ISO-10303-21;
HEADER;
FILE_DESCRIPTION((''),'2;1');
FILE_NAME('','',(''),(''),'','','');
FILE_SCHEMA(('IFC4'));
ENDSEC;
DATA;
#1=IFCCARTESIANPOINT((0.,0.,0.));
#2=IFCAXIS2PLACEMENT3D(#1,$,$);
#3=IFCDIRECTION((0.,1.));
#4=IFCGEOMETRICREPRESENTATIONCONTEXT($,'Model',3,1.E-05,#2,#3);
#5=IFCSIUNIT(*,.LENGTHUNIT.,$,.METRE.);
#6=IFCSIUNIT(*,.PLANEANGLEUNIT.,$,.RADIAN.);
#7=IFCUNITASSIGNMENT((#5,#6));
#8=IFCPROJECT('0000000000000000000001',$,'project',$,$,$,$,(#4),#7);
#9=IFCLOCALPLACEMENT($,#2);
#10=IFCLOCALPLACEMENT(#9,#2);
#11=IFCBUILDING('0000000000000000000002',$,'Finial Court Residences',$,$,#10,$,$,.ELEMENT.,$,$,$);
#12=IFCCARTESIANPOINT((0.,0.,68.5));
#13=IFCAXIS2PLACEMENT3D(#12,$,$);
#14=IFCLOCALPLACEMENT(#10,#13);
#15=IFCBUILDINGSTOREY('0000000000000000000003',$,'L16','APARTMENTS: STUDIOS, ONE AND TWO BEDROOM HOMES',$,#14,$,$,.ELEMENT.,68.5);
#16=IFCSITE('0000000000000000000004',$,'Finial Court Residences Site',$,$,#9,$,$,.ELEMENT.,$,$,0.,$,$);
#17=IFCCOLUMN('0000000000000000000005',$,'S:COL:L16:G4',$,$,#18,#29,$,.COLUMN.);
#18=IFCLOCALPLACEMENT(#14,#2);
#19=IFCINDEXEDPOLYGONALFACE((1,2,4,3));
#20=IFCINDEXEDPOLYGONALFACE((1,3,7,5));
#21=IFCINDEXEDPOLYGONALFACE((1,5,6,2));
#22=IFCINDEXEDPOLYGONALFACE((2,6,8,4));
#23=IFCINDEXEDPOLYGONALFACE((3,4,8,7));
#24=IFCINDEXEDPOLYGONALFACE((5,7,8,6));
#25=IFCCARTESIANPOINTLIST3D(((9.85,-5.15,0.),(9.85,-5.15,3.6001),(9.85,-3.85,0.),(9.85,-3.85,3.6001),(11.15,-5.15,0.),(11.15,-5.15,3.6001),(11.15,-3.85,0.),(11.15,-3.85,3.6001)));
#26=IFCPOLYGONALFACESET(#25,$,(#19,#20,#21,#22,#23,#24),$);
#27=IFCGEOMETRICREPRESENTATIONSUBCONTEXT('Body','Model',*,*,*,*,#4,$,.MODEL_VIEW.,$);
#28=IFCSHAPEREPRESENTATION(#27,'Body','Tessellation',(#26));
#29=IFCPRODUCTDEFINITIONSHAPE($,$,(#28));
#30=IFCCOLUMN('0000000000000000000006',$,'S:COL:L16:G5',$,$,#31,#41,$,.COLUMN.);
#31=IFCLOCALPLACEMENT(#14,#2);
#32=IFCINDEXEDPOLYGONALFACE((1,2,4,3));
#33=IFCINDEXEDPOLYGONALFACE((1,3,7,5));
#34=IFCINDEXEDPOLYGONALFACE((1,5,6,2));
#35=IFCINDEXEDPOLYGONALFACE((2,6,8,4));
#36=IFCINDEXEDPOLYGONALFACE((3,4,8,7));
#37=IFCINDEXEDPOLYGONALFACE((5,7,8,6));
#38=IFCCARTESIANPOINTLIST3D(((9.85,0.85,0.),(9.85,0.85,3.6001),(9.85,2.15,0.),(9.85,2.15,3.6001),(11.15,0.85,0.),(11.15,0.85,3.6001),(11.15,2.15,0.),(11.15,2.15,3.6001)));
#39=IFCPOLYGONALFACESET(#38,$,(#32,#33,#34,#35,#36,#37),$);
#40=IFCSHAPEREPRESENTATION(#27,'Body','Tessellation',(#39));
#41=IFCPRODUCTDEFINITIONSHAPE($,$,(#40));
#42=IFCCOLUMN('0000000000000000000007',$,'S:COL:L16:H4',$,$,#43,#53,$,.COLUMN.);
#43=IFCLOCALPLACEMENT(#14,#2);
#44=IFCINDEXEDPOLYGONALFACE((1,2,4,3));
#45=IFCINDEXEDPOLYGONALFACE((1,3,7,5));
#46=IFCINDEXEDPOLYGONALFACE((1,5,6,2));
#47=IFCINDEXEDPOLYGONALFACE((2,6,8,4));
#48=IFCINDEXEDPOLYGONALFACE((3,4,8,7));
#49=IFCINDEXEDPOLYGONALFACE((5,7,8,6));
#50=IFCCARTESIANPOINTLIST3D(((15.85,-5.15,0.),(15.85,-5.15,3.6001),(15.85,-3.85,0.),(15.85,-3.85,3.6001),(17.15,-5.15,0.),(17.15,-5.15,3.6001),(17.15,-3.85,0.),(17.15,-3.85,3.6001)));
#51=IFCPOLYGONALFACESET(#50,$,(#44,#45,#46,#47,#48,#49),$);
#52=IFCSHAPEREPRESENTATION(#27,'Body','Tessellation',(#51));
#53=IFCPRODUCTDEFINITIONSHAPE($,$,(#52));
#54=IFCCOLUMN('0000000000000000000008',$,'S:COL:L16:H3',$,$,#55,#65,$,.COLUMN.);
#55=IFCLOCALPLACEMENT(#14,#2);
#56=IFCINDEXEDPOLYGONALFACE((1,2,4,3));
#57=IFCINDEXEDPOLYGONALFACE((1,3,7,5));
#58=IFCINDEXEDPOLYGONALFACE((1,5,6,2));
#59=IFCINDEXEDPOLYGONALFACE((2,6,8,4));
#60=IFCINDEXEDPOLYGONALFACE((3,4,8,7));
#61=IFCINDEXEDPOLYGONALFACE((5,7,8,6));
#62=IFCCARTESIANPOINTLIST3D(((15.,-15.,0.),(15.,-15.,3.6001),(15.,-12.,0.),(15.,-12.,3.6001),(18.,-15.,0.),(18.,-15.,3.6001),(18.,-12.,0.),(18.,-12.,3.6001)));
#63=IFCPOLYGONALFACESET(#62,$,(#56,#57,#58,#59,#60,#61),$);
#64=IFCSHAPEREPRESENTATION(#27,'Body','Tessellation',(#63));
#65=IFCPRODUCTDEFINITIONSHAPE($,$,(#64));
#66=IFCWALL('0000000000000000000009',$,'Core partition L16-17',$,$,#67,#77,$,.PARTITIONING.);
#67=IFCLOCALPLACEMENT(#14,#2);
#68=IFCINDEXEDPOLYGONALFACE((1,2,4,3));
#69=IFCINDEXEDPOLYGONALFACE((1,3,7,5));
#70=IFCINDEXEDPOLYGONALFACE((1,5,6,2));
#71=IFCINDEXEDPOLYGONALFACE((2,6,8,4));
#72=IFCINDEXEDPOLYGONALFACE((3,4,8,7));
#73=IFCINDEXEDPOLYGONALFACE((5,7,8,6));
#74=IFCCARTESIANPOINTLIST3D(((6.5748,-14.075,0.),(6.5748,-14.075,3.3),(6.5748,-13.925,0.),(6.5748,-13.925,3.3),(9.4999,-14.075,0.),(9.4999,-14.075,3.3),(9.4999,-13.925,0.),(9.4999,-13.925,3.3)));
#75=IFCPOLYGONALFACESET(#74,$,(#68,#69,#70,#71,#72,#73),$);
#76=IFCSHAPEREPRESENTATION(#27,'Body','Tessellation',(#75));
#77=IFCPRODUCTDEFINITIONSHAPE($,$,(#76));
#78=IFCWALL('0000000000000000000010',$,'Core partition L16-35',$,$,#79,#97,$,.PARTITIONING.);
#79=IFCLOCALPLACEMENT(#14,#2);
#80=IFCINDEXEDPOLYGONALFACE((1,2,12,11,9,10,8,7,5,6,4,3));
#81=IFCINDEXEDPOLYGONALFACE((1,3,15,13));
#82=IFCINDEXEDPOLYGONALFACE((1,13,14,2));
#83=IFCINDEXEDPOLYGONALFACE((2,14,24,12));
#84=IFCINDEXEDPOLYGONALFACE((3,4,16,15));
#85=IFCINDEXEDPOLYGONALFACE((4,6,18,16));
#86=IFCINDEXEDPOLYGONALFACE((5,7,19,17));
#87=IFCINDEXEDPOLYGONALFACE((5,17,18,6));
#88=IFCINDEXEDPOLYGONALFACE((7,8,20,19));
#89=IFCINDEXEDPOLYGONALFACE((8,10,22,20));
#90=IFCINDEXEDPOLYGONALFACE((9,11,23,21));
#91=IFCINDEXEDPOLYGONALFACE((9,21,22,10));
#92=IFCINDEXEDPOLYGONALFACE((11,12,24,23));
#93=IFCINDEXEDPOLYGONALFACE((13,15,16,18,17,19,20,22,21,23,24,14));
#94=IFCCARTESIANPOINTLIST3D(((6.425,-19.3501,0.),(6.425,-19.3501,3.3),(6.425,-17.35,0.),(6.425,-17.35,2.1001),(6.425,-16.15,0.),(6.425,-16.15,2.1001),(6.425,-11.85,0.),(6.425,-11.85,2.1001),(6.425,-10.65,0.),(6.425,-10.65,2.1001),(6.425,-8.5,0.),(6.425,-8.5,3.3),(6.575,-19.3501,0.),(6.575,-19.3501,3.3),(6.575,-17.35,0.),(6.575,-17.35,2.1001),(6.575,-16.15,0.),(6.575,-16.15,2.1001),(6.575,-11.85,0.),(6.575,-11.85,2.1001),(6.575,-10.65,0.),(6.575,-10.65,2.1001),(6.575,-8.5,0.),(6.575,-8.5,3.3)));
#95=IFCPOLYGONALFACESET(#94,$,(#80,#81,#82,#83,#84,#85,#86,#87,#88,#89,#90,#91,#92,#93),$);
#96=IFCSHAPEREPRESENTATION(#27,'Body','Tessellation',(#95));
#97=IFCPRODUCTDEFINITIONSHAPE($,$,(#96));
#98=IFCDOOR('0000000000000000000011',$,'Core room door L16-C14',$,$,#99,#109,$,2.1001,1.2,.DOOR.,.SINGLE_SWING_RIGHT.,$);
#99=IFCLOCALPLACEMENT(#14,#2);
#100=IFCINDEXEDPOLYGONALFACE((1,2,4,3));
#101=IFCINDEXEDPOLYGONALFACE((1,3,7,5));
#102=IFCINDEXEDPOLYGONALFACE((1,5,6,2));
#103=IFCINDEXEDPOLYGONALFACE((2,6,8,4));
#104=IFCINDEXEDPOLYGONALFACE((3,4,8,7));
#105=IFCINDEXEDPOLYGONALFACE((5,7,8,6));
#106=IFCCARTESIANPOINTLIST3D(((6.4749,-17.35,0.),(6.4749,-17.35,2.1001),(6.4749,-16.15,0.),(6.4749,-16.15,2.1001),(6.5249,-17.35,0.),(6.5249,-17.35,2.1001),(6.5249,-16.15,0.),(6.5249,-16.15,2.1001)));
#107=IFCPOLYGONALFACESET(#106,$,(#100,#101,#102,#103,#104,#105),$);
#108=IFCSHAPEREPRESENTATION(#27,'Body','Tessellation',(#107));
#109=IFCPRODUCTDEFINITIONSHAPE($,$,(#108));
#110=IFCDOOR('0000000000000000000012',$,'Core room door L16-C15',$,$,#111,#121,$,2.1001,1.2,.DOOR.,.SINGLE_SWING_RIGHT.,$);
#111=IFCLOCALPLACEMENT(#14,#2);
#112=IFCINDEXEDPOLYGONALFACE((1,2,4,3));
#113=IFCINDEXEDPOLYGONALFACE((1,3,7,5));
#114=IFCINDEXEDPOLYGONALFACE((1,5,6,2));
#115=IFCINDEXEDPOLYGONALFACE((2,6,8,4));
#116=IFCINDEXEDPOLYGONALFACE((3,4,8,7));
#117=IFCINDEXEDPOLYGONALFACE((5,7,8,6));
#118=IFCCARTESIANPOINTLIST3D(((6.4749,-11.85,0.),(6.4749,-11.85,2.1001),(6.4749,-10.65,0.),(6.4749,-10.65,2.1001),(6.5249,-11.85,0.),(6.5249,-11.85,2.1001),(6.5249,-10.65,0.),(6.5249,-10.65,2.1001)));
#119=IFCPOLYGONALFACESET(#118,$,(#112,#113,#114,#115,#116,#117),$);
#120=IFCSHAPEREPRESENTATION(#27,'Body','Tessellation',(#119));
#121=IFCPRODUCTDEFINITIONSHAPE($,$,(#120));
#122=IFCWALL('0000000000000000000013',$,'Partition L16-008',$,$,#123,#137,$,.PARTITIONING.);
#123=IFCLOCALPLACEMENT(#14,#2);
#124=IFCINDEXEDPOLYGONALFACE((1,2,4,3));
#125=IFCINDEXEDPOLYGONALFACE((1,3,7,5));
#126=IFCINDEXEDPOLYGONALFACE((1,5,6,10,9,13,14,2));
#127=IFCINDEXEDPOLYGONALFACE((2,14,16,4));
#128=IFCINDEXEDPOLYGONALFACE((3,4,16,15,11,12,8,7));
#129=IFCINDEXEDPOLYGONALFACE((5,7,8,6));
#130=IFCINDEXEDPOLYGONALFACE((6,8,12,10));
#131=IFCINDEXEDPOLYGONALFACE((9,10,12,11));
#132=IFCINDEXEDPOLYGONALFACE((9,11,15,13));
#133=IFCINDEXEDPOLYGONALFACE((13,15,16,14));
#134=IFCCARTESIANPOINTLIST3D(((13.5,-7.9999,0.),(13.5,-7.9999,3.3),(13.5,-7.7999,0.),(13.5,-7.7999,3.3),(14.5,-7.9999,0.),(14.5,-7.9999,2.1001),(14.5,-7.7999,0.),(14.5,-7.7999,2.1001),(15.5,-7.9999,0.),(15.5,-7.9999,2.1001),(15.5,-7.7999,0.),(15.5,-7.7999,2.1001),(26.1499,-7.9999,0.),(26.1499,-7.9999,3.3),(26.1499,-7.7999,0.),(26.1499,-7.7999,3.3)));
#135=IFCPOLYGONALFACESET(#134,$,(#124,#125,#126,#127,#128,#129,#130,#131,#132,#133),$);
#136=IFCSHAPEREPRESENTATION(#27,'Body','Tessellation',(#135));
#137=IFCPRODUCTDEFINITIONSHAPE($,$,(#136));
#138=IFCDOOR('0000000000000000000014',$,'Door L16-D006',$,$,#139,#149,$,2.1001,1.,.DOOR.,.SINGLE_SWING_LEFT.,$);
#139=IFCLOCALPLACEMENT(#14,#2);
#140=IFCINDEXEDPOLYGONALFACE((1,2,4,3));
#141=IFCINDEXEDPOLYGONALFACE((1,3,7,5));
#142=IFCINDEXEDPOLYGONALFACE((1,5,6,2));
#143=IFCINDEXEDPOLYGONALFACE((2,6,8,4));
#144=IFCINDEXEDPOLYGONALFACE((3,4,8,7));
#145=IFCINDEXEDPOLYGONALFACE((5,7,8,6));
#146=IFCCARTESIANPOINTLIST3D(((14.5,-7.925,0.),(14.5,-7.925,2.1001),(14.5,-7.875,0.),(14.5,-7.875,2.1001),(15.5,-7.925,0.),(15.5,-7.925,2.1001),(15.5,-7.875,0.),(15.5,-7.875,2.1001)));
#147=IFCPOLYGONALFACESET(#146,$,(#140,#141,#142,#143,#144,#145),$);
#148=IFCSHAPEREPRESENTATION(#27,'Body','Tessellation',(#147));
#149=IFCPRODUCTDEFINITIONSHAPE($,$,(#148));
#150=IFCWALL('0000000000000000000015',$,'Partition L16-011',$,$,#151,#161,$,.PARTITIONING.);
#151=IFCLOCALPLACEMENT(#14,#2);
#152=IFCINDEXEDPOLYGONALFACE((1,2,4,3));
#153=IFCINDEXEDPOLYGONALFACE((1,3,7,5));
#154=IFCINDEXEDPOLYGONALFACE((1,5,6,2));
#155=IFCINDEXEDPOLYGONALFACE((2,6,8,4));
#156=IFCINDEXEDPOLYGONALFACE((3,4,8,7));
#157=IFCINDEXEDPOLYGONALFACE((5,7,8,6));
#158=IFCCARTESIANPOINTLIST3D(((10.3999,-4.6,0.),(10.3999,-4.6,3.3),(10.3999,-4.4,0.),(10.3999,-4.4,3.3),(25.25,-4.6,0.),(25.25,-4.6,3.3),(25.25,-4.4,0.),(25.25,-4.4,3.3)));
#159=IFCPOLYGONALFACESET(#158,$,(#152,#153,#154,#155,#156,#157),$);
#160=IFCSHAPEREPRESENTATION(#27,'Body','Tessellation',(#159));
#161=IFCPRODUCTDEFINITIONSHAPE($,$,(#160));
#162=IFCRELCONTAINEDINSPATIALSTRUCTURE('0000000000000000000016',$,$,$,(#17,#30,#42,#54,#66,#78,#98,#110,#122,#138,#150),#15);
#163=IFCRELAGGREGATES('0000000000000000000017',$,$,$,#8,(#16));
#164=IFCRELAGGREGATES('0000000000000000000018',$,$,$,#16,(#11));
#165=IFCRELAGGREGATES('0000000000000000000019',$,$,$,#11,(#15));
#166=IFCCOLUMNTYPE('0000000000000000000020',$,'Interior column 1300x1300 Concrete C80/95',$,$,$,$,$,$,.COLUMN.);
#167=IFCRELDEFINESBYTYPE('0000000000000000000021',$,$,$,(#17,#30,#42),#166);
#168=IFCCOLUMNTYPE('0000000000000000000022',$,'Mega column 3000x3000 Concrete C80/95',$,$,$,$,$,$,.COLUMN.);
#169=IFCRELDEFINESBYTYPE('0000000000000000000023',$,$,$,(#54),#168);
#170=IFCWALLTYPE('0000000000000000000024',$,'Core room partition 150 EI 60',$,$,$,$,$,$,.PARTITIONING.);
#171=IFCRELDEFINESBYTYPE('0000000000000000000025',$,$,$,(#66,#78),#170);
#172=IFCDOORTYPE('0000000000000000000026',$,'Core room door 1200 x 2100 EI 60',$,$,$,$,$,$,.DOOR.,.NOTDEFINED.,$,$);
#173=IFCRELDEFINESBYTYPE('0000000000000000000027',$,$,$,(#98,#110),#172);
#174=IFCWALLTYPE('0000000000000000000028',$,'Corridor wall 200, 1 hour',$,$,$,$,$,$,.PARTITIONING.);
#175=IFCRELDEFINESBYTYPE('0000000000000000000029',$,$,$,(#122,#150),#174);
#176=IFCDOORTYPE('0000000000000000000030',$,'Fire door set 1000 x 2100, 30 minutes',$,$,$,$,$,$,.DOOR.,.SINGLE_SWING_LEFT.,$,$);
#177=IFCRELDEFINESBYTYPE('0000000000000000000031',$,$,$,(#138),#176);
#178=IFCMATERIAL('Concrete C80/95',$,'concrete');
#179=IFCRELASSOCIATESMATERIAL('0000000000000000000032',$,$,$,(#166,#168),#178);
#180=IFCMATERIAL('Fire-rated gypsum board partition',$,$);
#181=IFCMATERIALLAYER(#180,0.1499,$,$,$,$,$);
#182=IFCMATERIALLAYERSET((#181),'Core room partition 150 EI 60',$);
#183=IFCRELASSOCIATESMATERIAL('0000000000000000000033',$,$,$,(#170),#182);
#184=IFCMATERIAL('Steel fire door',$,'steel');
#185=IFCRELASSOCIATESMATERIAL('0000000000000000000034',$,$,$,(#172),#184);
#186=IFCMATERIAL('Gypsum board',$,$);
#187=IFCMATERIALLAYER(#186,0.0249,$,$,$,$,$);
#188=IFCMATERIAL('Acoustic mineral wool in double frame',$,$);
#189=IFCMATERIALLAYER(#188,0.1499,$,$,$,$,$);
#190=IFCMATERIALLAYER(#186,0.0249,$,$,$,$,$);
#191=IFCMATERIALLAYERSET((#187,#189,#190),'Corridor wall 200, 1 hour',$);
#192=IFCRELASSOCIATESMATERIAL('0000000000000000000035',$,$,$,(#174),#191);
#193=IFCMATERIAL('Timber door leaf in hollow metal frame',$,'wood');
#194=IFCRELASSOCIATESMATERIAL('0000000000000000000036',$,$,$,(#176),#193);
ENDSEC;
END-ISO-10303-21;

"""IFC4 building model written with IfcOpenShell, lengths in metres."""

from ifc_helpers import new_model, si_unit, direction, frame, frame_2d, origin, origin_2d, place, context, subcontext, project, spatial, rectangle, extrude, material, layer, layer_set, material_profile, profile_set, type_object, element, fill, save


model = new_model("IFC4")

# Units and contexts
model_context = context("Model", 3, precision=1e-05, world=origin(), true_north=direction((0.0, 1.0)))
body_context = subcontext(model_context, "Body", "Model", "MODEL_VIEW")
ifc_project = project(units=[si_unit("LENGTHUNIT", "METRE"), si_unit("PLANEANGLEUNIT", "RADIAN")], contexts=[model_context])

# Site, building, storey
site_placement = place(None, origin())
site = spatial("IfcSite", under=ifc_project, at=site_placement, Name="Finial Court Residences Site", CompositionType="ELEMENT", RefElevation=0.0)
building_placement = place(site_placement, origin())
building = spatial("IfcBuilding", under=site, at=building_placement, Name="Finial Court Residences", CompositionType="ELEMENT")
storey_placement = place(building_placement, frame((0.0, 0.0, 68.5)))
storey = spatial("IfcBuildingStorey", under=building, at=storey_placement, Name="L16", Description="APARTMENTS: STUDIOS, ONE AND TWO BEDROOM HOMES", CompositionType="ELEMENT", Elevation=68.5)

# Columns
ifc_material_1 = material(Name="Concrete C80/95", Category="concrete")
ifc_material_profile_1 = material_profile(ifc_material_1, rectangle(XDim=1.3, YDim=1.3, at=origin_2d()), Name="1300x1300")
ifc_profile_set_1 = profile_set([ifc_material_profile_1], Name="Concrete C80/95")
column_type_1 = type_object("IfcColumnType", Name="Interior column 1300x1300 Concrete C80/95", PredefinedType="COLUMN", material=ifc_profile_set_1)
for number, where, z_axis, x_axis, name in (
    (1, (10.5, -4.5, 0.0), (0.0, 0.0, 1.0), (1.0, 0.0, 0.0), "S:COL:L16:G4"),
    (2, (10.5, 1.5, 0.0), (0.0, 0.0, 1.0), (1.0, 0.0, 0.0), "S:COL:L16:G5"),
    (3, (16.5, -4.5, 0.0), (0.0, 0.0, 1.0), (1.0, 0.0, 0.0), "S:COL:L16:H4"),
):
    element("IfcColumn", number, at=place(storey_placement, frame(where, z_axis=z_axis, x_axis=x_axis)), inside=storey, type_object=column_type_1, Name=name, PredefinedType="COLUMN", context=body_context, shape_type="SweptSolid", body=[
        extrude(rectangle(XDim=1.3, YDim=1.3, at=origin_2d()), origin(), (0.0, 0.0, 1.0), 3.6001),
    ])
ifc_material_profile_2 = material_profile(ifc_material_1, rectangle(XDim=3.0, YDim=3.0, at=origin_2d()), Name="3000x3000")
ifc_profile_set_2 = profile_set([ifc_material_profile_2], Name="Concrete C80/95")
column_type_2 = type_object("IfcColumnType", Name="Mega column 3000x3000 Concrete C80/95", PredefinedType="COLUMN", material=ifc_profile_set_2)
column_placement = place(storey_placement, frame((16.5, -13.5, 0.0), z_axis=(0.0, 0.0, 1.0), x_axis=(1.0, 0.0, 0.0)))
element("IfcColumn", 4, at=column_placement, inside=storey, type_object=column_type_2, Name="S:COL:L16:H3", PredefinedType="COLUMN", context=body_context, shape_type="SweptSolid", body=[
    extrude(rectangle(XDim=3.0, YDim=3.0, at=origin_2d()), origin(), (0.0, 0.0, 1.0), 3.6001),
])

# Wall
ifc_material_2 = material(Name="Fire-rated gypsum board partition")
ifc_layer_1 = layer(ifc_material_2, 0.1499)
ifc_layer_set_1 = layer_set([ifc_layer_1], Name="Core room partition 150 EI 60")
wall_type_1 = type_object("IfcWallType", Name="Core room partition 150 EI 60", PredefinedType="PARTITIONING", material=ifc_layer_set_1)
wall_1_placement = place(storey_placement, frame((6.575, -14.0, 0.0), z_axis=(0.0, 0.0, 1.0), x_axis=(1.0, 0.0, 0.0)))
element("IfcWall", 5, at=wall_1_placement, inside=storey, type_object=wall_type_1, Name="Core partition L16-17", PredefinedType="PARTITIONING", context=body_context, shape_type="SweptSolid", body=[
    extrude(rectangle(XDim=2.925, YDim=0.1499, at=frame_2d((1.4624, 0.0))), origin(), (0.0, 0.0, 1.0), 3.3),
])

# Wall, openings, doors
wall_2_placement = place(storey_placement, frame((6.5, -8.5, 0.0), z_axis=(0.0, 0.0, 1.0), x_axis=(0.0, -1.0, 0.0)))
wall_2 = element("IfcWall", 6, at=wall_2_placement, inside=storey, type_object=wall_type_1, Name="Core partition L16-35", PredefinedType="PARTITIONING", context=body_context, shape_type="SweptSolid", body=[
    extrude(rectangle(XDim=10.8501, YDim=0.1499, at=frame_2d((5.425, 0.0))), origin(), (0.0, 0.0, 1.0), 3.3),
])
opening_1_placement = place(wall_2_placement, frame((7.6499, 0.0, 0.0)))
opening_1 = element("IfcOpeningElement", 7, at=opening_1_placement, cuts=wall_2, PredefinedType="OPENING", context=body_context, shape_type="SweptSolid", body=[
    extrude(rectangle(XDim=1.2, YDim=2.1001, at=frame_2d((0.6001, 1.05))), frame((0.0, 0.085, 0.0), z_axis=(0.0, -1.0, 0.0), x_axis=(1.0, 0.0, 0.0)), (0.0, 0.0, 1.0), 0.1699),
])
opening_2_placement = place(wall_2_placement, frame((2.1499, 0.0, 0.0)))
opening_2 = element("IfcOpeningElement", 8, at=opening_2_placement, cuts=wall_2, PredefinedType="OPENING", context=body_context, shape_type="SweptSolid", body=[
    extrude(rectangle(XDim=1.2, YDim=2.1001, at=frame_2d((0.6001, 1.05))), frame((0.0, 0.085, 0.0), z_axis=(0.0, -1.0, 0.0), x_axis=(1.0, 0.0, 0.0)), (0.0, 0.0, 1.0), 0.1699),
])
ifc_material_3 = material(Name="Steel fire door", Category="steel")
door_type_1 = type_object("IfcDoorType", Name="Core room door 1200 x 2100 EI 60", OperationType="NOTDEFINED", PredefinedType="DOOR", material=ifc_material_3)
door_1_placement = place(opening_1_placement, origin())
door_1 = element("IfcDoor", 9, at=door_1_placement, inside=storey, type_object=door_type_1, Name="Core room door L16-C14", OperationType="SINGLE_SWING_RIGHT", OverallHeight=2.1001, OverallWidth=1.2, PredefinedType="DOOR", context=body_context, shape_type="SweptSolid", body=[
    extrude(rectangle(XDim=1.2, YDim=2.1001, at=frame_2d((0.6001, 1.05))), frame((0.0, 0.0249, 0.0), z_axis=(0.0, -1.0, 0.0), x_axis=(1.0, 0.0, 0.0)), (0.0, 0.0, 1.0), 0.05),
])
fill(opening_1, door_1)
door_2_placement = place(opening_2_placement, origin())
door_2 = element("IfcDoor", 10, at=door_2_placement, inside=storey, type_object=door_type_1, Name="Core room door L16-C15", OperationType="SINGLE_SWING_RIGHT", OverallHeight=2.1001, OverallWidth=1.2, PredefinedType="DOOR", context=body_context, shape_type="SweptSolid", body=[
    extrude(rectangle(XDim=1.2, YDim=2.1001, at=frame_2d((0.6001, 1.05))), frame((0.0, 0.0249, 0.0), z_axis=(0.0, -1.0, 0.0), x_axis=(1.0, 0.0, 0.0)), (0.0, 0.0, 1.0), 0.05),
])
fill(opening_2, door_2)

# Wall, opening, door
ifc_material_4 = material(Name="Gypsum board")
ifc_layer_2 = layer(ifc_material_4, 0.0249)
ifc_material_5 = material(Name="Acoustic mineral wool in double frame")
ifc_layer_3 = layer(ifc_material_5, 0.1499)
ifc_layer_4 = layer(ifc_material_4, 0.0249)
ifc_layer_set_2 = layer_set([ifc_layer_2, ifc_layer_3, ifc_layer_4], Name="Corridor wall 200, 1 hour")
wall_type_2 = type_object("IfcWallType", Name="Corridor wall 200, 1 hour", PredefinedType="PARTITIONING", material=ifc_layer_set_2)
wall_3_placement = place(storey_placement, frame((13.5, -7.8999, 0.0), z_axis=(0.0, 0.0, 1.0), x_axis=(1.0, 0.0, 0.0)))
wall_3 = element("IfcWall", 11, at=wall_3_placement, inside=storey, type_object=wall_type_2, Name="Partition L16-008", PredefinedType="PARTITIONING", context=body_context, shape_type="SweptSolid", body=[
    extrude(rectangle(XDim=12.6499, YDim=0.2, at=frame_2d((6.325, 0.0))), origin(), (0.0, 0.0, 1.0), 3.3),
])
opening_3_placement = place(wall_3_placement, frame((1.0, 0.0, 0.0)))
opening_3 = element("IfcOpeningElement", 12, at=opening_3_placement, cuts=wall_3, PredefinedType="OPENING", context=body_context, shape_type="SweptSolid", body=[
    extrude(rectangle(XDim=1.0, YDim=2.1001, at=frame_2d((0.5, 1.05))), frame((0.0, 0.1099, 0.0), z_axis=(0.0, -1.0, 0.0), x_axis=(1.0, 0.0, 0.0)), (0.0, 0.0, 1.0), 0.22),
])
ifc_material_6 = material(Name="Timber door leaf in hollow metal frame", Category="wood")
door_type_2 = type_object("IfcDoorType", Name="Fire door set 1000 x 2100, 30 minutes", OperationType="SINGLE_SWING_LEFT", PredefinedType="DOOR", material=ifc_material_6)
door_3_placement = place(opening_3_placement, origin())
door_3 = element("IfcDoor", 13, at=door_3_placement, inside=storey, type_object=door_type_2, Name="Door L16-D006", OperationType="SINGLE_SWING_LEFT", OverallHeight=2.1001, OverallWidth=1.0, PredefinedType="DOOR", context=body_context, shape_type="SweptSolid", body=[
    extrude(rectangle(XDim=1.0, YDim=2.1001, at=frame_2d((0.5, 1.05))), frame((0.0, 0.0249, 0.0), z_axis=(0.0, -1.0, 0.0), x_axis=(1.0, 0.0, 0.0)), (0.0, 0.0, 1.0), 0.05),
])
fill(opening_3, door_3)

# Wall
wall_4_placement = place(storey_placement, frame((10.3999, -4.5, 0.0), z_axis=(0.0, 0.0, 1.0), x_axis=(1.0, 0.0, 0.0)))
element("IfcWall", 14, at=wall_4_placement, inside=storey, type_object=wall_type_2, Name="Partition L16-011", PredefinedType="PARTITIONING", context=body_context, shape_type="SweptSolid", body=[
    extrude(rectangle(XDim=14.8501, YDim=0.2, at=frame_2d((7.425, 0.0))), origin(), (0.0, 0.0, 1.0), 3.3),
])

save(model, "model.ifc")
